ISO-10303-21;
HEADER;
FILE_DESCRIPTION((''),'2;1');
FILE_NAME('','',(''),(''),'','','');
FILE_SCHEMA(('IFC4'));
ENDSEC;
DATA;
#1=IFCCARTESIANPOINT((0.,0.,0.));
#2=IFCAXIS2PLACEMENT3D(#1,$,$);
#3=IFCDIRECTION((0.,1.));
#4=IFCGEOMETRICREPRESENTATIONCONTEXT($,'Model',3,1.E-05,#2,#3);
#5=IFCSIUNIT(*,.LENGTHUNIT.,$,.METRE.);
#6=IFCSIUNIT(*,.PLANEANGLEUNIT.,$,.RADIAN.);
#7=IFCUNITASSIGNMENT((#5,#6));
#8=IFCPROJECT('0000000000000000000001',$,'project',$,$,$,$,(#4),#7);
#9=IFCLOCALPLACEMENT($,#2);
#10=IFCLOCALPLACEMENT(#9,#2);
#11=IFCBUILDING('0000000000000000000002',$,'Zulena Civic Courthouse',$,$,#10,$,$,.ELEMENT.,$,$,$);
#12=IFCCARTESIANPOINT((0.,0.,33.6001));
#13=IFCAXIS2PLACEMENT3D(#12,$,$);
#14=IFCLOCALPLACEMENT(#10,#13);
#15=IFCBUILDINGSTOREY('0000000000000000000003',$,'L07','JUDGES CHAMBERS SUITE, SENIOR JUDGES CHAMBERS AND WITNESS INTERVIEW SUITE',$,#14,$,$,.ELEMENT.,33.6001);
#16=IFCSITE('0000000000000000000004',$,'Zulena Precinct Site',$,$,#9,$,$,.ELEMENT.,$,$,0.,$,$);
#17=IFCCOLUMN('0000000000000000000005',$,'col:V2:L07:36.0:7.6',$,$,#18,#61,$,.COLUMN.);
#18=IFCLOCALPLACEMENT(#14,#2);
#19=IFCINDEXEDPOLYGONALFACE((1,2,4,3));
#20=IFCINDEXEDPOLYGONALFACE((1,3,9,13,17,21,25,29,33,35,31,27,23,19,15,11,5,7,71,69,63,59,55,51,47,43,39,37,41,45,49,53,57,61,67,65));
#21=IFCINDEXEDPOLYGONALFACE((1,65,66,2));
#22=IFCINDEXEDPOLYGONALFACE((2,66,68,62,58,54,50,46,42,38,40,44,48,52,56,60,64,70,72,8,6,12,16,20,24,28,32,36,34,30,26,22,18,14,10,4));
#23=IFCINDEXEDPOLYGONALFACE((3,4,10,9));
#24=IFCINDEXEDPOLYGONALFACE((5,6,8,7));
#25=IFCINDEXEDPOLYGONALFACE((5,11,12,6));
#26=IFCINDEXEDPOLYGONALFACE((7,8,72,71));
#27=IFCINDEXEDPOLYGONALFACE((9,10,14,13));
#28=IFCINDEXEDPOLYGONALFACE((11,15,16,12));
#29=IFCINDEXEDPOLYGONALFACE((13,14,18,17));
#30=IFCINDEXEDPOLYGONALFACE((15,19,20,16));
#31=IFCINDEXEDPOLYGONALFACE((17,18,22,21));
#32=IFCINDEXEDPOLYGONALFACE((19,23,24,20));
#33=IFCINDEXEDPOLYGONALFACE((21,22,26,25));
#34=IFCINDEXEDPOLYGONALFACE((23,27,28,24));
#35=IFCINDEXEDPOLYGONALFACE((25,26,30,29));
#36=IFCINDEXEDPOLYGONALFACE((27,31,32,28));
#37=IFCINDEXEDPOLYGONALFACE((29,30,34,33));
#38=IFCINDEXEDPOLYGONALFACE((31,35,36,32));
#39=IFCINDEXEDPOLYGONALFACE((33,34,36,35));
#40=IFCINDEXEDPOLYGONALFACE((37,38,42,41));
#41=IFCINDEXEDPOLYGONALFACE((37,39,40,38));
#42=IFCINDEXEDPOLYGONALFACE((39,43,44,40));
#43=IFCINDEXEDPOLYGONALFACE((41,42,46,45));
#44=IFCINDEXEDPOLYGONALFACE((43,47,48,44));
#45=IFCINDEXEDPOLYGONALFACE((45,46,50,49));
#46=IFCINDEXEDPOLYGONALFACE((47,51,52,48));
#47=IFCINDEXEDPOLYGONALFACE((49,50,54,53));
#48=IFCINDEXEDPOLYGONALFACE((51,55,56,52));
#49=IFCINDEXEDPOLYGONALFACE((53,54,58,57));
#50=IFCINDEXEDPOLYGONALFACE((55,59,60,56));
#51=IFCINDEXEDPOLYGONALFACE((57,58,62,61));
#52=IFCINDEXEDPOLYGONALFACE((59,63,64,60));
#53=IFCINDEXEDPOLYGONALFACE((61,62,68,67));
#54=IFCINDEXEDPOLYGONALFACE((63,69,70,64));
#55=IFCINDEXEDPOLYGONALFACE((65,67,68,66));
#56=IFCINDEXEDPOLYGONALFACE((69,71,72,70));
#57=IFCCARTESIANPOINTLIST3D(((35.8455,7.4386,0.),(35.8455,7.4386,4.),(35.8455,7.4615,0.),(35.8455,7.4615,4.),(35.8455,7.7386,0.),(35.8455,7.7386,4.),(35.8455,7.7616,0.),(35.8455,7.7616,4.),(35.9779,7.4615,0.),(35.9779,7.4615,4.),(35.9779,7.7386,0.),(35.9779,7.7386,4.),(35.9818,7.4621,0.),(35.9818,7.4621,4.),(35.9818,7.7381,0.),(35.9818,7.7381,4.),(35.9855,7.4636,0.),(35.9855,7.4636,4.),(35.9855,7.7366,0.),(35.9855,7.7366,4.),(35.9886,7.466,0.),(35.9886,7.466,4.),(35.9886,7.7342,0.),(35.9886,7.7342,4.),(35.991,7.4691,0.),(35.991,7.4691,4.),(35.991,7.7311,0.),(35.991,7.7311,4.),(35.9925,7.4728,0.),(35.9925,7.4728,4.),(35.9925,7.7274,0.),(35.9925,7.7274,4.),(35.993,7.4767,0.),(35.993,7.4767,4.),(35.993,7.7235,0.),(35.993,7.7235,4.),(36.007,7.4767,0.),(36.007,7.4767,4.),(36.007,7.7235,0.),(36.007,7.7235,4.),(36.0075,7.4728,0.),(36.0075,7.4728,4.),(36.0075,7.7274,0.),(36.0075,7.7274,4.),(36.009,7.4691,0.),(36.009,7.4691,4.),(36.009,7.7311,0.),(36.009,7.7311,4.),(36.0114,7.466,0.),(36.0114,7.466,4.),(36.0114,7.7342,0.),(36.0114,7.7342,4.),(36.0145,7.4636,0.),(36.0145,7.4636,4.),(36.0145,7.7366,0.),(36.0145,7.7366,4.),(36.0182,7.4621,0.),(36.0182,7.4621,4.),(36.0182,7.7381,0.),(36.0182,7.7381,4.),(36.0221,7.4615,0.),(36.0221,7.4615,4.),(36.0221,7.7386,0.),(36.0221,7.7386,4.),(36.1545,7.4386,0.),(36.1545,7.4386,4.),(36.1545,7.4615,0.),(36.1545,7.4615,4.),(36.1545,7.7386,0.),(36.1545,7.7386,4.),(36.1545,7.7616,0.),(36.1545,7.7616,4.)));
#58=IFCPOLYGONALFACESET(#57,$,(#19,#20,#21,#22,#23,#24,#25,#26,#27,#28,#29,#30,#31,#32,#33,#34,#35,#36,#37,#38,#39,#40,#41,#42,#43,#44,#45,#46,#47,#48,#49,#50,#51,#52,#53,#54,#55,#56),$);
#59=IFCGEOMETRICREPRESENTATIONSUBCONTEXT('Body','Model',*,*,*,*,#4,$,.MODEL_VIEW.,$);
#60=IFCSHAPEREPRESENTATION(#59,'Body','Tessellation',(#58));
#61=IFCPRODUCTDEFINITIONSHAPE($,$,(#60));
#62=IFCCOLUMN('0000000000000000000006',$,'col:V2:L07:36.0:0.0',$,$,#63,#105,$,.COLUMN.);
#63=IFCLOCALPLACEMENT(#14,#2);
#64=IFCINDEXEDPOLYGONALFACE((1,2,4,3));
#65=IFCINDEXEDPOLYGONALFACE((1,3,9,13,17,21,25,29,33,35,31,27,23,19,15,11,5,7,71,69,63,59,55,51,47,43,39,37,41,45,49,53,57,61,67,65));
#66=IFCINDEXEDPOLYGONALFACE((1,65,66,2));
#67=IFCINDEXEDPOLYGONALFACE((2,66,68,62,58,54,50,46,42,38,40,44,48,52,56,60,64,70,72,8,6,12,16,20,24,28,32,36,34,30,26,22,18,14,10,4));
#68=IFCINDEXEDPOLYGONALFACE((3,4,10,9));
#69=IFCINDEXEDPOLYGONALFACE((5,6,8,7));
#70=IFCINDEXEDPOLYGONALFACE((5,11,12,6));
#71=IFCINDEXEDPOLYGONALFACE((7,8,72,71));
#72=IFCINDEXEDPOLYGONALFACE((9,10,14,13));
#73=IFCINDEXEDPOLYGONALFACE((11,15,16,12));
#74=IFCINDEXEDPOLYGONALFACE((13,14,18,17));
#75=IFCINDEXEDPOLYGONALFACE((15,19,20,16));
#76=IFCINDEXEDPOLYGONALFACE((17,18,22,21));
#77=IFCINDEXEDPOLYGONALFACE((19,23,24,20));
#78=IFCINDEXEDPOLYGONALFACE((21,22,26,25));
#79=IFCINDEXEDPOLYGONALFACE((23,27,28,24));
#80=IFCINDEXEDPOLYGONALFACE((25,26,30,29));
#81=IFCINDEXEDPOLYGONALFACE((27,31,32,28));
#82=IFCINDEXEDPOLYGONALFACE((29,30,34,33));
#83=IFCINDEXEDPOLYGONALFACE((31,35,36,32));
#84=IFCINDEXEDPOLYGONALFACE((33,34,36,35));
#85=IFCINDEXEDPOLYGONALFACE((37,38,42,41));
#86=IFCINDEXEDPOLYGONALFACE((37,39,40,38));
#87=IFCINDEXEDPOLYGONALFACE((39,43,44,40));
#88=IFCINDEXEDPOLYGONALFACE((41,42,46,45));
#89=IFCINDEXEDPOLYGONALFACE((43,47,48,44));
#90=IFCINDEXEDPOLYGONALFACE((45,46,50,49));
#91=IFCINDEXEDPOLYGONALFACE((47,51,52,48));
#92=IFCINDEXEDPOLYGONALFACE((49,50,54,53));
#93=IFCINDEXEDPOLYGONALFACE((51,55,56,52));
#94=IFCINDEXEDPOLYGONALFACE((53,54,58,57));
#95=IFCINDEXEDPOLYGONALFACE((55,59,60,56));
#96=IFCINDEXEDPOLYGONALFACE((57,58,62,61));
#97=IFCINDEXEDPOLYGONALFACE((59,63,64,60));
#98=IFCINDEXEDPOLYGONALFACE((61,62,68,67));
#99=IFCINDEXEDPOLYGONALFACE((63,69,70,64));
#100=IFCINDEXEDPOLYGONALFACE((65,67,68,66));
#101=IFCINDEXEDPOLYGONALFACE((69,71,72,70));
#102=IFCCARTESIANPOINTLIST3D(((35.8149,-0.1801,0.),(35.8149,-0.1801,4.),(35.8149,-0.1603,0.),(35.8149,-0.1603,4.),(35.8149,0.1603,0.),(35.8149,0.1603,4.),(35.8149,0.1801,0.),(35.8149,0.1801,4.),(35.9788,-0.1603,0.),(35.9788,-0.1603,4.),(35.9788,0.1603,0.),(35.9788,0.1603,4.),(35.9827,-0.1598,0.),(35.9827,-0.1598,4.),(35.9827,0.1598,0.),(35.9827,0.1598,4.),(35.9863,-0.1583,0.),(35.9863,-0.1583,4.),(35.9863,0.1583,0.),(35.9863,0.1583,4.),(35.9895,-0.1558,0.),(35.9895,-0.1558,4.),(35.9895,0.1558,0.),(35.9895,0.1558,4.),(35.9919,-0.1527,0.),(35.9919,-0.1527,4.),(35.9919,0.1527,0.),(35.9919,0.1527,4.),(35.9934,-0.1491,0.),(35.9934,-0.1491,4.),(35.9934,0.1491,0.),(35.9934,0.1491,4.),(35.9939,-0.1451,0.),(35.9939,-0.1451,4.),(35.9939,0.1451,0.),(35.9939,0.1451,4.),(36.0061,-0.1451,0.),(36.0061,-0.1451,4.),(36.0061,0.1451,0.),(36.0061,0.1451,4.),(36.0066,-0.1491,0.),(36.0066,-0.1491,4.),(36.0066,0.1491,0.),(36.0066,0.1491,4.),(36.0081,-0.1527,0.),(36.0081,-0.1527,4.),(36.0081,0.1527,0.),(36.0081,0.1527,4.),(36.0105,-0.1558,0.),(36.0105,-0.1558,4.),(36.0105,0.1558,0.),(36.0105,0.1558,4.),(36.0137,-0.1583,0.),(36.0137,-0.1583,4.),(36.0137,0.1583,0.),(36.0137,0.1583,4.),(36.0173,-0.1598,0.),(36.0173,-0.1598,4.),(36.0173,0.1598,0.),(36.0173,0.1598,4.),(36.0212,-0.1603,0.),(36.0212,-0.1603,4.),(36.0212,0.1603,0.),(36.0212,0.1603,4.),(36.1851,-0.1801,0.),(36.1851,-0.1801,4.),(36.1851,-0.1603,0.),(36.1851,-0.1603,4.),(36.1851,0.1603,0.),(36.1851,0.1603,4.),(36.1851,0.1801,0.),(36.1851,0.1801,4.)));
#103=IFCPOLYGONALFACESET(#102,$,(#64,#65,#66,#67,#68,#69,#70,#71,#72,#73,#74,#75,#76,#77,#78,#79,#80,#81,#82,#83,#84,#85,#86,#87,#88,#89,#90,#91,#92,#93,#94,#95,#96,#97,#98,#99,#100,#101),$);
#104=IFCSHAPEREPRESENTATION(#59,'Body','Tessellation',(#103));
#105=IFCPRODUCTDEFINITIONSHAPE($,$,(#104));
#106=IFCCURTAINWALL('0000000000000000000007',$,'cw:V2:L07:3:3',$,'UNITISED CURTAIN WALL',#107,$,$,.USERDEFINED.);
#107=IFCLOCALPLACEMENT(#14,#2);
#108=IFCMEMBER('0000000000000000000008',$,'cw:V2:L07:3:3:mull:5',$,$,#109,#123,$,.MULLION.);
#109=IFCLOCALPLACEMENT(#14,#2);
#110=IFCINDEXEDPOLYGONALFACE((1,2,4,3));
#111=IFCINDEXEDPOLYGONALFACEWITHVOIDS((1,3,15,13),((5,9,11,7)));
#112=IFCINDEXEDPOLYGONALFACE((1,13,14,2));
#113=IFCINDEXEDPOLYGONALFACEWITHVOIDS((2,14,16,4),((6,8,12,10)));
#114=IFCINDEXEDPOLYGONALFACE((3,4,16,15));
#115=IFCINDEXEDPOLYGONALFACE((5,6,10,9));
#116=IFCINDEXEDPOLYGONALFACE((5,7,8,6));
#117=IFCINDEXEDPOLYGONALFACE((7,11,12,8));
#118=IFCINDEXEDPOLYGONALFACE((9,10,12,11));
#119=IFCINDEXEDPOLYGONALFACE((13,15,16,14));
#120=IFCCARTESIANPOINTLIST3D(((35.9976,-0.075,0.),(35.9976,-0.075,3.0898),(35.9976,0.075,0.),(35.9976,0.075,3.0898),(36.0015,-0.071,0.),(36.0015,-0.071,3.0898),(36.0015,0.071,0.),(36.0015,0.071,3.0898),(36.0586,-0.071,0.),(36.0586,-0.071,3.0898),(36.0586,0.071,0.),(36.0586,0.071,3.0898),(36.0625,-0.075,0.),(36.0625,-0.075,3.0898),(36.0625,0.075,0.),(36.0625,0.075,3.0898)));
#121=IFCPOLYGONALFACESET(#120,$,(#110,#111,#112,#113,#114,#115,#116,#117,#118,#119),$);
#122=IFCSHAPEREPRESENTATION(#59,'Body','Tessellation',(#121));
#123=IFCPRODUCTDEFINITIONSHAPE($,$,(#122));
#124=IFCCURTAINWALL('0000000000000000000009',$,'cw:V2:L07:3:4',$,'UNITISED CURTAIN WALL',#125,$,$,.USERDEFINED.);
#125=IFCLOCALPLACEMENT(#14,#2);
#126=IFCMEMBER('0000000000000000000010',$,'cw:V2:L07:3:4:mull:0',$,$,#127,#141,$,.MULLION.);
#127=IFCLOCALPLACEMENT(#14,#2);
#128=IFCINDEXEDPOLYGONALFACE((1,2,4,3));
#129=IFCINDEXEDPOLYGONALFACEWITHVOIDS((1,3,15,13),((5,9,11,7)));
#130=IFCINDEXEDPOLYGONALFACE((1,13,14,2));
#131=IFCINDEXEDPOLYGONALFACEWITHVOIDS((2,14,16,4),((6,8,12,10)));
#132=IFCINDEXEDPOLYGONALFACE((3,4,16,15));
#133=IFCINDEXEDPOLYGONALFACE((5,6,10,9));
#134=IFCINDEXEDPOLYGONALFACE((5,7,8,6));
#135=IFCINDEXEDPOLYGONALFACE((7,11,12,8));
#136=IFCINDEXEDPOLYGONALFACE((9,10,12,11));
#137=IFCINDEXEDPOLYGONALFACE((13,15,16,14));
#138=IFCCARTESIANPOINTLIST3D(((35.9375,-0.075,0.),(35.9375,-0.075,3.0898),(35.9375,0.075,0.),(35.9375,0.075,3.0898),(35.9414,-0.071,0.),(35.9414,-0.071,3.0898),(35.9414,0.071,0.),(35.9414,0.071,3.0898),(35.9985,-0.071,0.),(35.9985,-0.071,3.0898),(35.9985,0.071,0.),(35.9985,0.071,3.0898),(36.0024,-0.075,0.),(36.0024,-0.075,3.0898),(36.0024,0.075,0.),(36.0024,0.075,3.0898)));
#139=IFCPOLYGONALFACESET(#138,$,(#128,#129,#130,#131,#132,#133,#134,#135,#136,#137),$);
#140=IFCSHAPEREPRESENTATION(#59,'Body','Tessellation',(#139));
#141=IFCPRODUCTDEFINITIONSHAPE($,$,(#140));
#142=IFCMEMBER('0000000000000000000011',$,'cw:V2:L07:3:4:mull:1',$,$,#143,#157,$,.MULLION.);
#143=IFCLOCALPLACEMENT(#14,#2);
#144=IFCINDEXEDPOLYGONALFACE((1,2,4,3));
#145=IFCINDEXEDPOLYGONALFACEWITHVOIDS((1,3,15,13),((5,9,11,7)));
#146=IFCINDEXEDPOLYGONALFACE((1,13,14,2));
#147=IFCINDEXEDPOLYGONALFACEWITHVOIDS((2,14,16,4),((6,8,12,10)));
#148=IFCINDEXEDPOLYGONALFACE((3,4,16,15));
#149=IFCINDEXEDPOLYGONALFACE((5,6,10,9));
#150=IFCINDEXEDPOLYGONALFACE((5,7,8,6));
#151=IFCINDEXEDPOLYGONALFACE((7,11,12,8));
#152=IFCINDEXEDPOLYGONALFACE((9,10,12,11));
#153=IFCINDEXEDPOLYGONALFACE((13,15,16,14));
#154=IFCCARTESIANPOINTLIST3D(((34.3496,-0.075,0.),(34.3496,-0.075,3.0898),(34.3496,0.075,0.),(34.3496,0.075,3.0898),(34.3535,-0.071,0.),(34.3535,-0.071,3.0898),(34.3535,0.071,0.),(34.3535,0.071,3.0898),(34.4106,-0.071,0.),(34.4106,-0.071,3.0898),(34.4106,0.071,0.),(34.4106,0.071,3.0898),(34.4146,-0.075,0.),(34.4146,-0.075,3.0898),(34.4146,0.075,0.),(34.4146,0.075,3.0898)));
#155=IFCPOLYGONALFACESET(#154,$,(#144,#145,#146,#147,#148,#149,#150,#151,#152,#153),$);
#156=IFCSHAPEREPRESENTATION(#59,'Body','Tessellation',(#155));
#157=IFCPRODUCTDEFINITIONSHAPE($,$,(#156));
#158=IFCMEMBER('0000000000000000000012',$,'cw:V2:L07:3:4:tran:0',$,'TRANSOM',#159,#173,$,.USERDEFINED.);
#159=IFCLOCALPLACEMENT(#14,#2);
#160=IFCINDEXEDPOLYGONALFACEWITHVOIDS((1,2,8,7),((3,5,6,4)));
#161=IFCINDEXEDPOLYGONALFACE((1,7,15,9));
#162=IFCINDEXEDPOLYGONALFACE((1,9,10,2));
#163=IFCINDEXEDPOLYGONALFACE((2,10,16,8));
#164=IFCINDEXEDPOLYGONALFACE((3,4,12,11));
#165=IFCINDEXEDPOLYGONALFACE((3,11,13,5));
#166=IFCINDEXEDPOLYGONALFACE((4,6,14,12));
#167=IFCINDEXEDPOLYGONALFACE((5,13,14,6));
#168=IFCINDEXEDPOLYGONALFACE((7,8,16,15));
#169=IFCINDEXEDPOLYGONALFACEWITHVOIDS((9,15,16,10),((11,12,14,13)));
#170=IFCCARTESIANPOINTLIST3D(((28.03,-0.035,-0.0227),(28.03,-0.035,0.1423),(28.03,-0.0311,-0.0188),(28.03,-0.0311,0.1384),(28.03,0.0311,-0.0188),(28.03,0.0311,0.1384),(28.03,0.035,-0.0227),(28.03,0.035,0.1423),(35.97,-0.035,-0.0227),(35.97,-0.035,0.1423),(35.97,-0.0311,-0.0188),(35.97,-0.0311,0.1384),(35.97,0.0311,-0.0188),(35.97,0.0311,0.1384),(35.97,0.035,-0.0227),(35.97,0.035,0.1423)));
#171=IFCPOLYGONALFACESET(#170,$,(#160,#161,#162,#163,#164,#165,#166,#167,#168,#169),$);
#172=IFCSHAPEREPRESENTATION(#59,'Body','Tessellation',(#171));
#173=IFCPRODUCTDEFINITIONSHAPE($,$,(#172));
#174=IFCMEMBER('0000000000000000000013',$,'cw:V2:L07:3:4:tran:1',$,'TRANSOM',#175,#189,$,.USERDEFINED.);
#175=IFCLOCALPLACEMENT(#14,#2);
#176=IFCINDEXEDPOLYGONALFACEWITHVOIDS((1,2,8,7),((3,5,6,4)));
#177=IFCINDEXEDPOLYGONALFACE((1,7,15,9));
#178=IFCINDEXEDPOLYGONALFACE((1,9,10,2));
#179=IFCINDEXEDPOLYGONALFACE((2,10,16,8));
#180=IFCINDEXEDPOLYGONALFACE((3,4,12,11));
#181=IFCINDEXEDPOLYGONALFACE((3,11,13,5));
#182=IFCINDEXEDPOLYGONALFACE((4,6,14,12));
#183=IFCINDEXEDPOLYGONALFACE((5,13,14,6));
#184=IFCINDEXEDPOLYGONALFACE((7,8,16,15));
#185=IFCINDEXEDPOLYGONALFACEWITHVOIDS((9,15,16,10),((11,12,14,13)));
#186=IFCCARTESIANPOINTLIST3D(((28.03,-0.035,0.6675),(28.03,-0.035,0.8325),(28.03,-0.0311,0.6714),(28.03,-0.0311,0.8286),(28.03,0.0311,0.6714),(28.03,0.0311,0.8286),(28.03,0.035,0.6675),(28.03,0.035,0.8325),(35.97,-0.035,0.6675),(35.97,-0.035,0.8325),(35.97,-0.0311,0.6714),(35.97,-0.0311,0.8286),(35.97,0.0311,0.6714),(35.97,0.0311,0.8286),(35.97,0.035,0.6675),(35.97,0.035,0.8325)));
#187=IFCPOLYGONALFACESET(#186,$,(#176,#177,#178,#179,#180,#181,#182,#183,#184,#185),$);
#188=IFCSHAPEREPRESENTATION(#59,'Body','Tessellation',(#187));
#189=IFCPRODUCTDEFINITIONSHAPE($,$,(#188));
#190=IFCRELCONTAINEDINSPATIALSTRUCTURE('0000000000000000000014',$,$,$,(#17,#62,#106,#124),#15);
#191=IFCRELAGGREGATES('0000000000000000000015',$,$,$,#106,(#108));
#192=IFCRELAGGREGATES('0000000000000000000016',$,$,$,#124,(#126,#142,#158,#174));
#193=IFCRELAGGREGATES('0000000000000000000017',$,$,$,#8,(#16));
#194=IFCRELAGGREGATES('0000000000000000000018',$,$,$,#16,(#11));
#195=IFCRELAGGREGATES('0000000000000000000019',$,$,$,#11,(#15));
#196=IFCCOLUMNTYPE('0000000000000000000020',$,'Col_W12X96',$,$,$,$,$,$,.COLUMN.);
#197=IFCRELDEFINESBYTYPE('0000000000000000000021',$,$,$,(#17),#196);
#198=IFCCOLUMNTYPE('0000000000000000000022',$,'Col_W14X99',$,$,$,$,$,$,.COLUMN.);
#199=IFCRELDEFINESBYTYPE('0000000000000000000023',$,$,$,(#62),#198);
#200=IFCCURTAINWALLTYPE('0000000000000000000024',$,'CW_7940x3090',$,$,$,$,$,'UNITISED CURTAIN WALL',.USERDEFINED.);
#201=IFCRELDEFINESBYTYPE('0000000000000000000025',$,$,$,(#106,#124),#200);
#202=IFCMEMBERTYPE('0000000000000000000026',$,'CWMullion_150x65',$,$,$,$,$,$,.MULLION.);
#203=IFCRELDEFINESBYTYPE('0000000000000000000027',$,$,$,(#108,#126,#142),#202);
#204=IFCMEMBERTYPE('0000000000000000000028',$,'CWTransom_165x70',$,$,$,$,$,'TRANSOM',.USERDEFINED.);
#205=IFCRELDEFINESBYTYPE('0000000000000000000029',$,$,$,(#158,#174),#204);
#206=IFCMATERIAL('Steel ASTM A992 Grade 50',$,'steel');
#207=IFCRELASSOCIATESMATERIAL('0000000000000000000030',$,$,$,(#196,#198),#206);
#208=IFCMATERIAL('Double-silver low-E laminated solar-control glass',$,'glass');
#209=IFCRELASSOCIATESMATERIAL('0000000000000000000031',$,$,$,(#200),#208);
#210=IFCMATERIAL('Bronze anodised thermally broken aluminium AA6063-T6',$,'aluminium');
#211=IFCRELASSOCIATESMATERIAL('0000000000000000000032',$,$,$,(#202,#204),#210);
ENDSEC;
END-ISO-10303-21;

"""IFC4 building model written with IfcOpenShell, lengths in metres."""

from ifc_helpers import new_model, si_unit, direction, frame, origin, origin_2d, place, context, subcontext, project, spatial, hollow_rectangle, i_section, extrude, material, material_profile, profile_set, type_object, element, aggregate, save


model = new_model("IFC4")

# Units and contexts
model_context = context("Model", 3, precision=1e-05, world=origin(), true_north=direction((0.0, 1.0)))
body_context = subcontext(model_context, "Body", "Model", "MODEL_VIEW")
ifc_project = project(units=[si_unit("LENGTHUNIT", "METRE"), si_unit("PLANEANGLEUNIT", "RADIAN")], contexts=[model_context])

# Site, building, storey
site_placement = place(None, origin())
site = spatial("IfcSite", under=ifc_project, at=site_placement, Name="Zulena Precinct Site", CompositionType="ELEMENT", RefElevation=0.0)
building_placement = place(site_placement, origin())
building = spatial("IfcBuilding", under=site, at=building_placement, Name="Zulena Civic Courthouse", CompositionType="ELEMENT")
storey_placement = place(building_placement, frame((0.0, 0.0, 33.6001)))
storey = spatial("IfcBuildingStorey", under=building, at=storey_placement, Name="L07", Description="JUDGES CHAMBERS SUITE, SENIOR JUDGES CHAMBERS AND WITNESS INTERVIEW SUITE", CompositionType="ELEMENT", Elevation=33.6001)

# Columns
ifc_material_1 = material(Name="Steel ASTM A992 Grade 50", Category="steel")
ifc_material_profile_1 = material_profile(ifc_material_1, i_section(OverallWidth=0.3091, OverallDepth=0.323, WebThickness=0.0139, FlangeThickness=0.0229, FilletRadius=0.0151, at=origin_2d()), Name="W12X96")
ifc_profile_set_1 = profile_set([ifc_material_profile_1], Name="Steel ASTM A992 Grade 50")
column_type_1 = type_object("IfcColumnType", Name="Col_W12X96", PredefinedType="COLUMN", material=ifc_profile_set_1)
column_1_placement = place(storey_placement, frame((36.0, 7.6001, 0.0), z_axis=(0.0, 0.0, 1.0), x_axis=(1.0, 0.0, 0.0)))
element("IfcColumn", 1, at=column_1_placement, inside=storey, type_object=column_type_1, Name="col:V2:L07:36.0:7.6", PredefinedType="COLUMN", context=body_context, shape_type="SweptSolid", body=[
    extrude(i_section(OverallWidth=0.3091, OverallDepth=0.323, WebThickness=0.0139, FlangeThickness=0.0229, FilletRadius=0.0151, at=origin_2d()), origin(), (0.0, 0.0, 1.0), 4.0),
])
ifc_material_profile_2 = material_profile(ifc_material_1, i_section(OverallWidth=0.3701, OverallDepth=0.3601, WebThickness=0.0122, FlangeThickness=0.0198, FilletRadius=0.0151, at=origin_2d()), Name="W14X99")
ifc_profile_set_2 = profile_set([ifc_material_profile_2], Name="Steel ASTM A992 Grade 50")
column_type_2 = type_object("IfcColumnType", Name="Col_W14X99", PredefinedType="COLUMN", material=ifc_profile_set_2)
column_2_placement = place(storey_placement, frame((36.0, 0.0, 0.0), z_axis=(0.0, 0.0, 1.0), x_axis=(1.0, 0.0, 0.0)))
element("IfcColumn", 2, at=column_2_placement, inside=storey, type_object=column_type_2, Name="col:V2:L07:36.0:0.0", PredefinedType="COLUMN", context=body_context, shape_type="SweptSolid", body=[
    extrude(i_section(OverallWidth=0.3701, OverallDepth=0.3601, WebThickness=0.0122, FlangeThickness=0.0198, FilletRadius=0.0151, at=origin_2d()), origin(), (0.0, 0.0, 1.0), 4.0),
])

# Curtain wall, member
ifc_material_2 = material(Name="Double-silver low-E laminated solar-control glass", Category="glass")
curtain_wall_type = type_object("IfcCurtainWallType", Name="CW_7940x3090", ElementType="UNITISED CURTAIN WALL", PredefinedType="USERDEFINED", material=ifc_material_2)
curtain_wall_1_placement = place(storey_placement, origin())
curtain_wall_1 = element("IfcCurtainWall", 3, at=curtain_wall_1_placement, inside=storey, type_object=curtain_wall_type, Name="cw:V2:L07:3:3", ObjectType="UNITISED CURTAIN WALL", PredefinedType="USERDEFINED")
ifc_material_3 = material(Name="Bronze anodised thermally broken aluminium AA6063-T6", Category="aluminium")
ifc_material_profile_3 = material_profile(ifc_material_3, hollow_rectangle(XDim=0.0649, YDim=0.1499, WallThickness=0.0039, at=origin_2d()), Name="CWM150X65X4")
ifc_profile_set_3 = profile_set([ifc_material_profile_3], Name="Bronze anodised thermally broken aluminium AA6063-T6")
member_type_1 = type_object("IfcMemberType", Name="CWMullion_150x65", PredefinedType="MULLION", material=ifc_profile_set_3)
member_1_placement = place(storey_placement, frame((36.03, 0.0, 0.0), z_axis=(0.0, 0.0, 1.0), x_axis=(1.0, 0.0, 0.0)))
member_1 = element("IfcMember", 4, at=member_1_placement, type_object=member_type_1, Name="cw:V2:L07:3:3:mull:5", PredefinedType="MULLION", context=body_context, shape_type="SweptSolid", body=[
    extrude(hollow_rectangle(XDim=0.0649, YDim=0.1499, WallThickness=0.0039, at=origin_2d()), origin(), (0.0, 0.0, 1.0), 3.0898),
])

# Curtain wall, members
curtain_wall_2_placement = place(storey_placement, origin())
curtain_wall_2 = element("IfcCurtainWall", 5, at=curtain_wall_2_placement, inside=storey, type_object=curtain_wall_type, Name="cw:V2:L07:3:4", ObjectType="UNITISED CURTAIN WALL", PredefinedType="USERDEFINED")
member_2_placement = place(storey_placement, frame((35.97, 0.0, 0.0), z_axis=(0.0, 0.0, 1.0), x_axis=(1.0, 0.0, 0.0)))
member_2 = element("IfcMember", 6, at=member_2_placement, type_object=member_type_1, Name="cw:V2:L07:3:4:mull:0", PredefinedType="MULLION", context=body_context, shape_type="SweptSolid", body=[
    extrude(hollow_rectangle(XDim=0.0649, YDim=0.1499, WallThickness=0.0039, at=origin_2d()), origin(), (0.0, 0.0, 1.0), 3.0898),
])
member_3_placement = place(storey_placement, frame((34.3821, 0.0, 0.0), z_axis=(0.0, 0.0, 1.0), x_axis=(1.0, 0.0, 0.0)))
member_3 = element("IfcMember", 7, at=member_3_placement, type_object=member_type_1, Name="cw:V2:L07:3:4:mull:1", PredefinedType="MULLION", context=body_context, shape_type="SweptSolid", body=[
    extrude(hollow_rectangle(XDim=0.0649, YDim=0.1499, WallThickness=0.0039, at=origin_2d()), origin(), (0.0, 0.0, 1.0), 3.0898),
])
ifc_material_profile_4 = material_profile(ifc_material_3, hollow_rectangle(XDim=0.0701, YDim=0.165, WallThickness=0.0039, at=origin_2d()), Name="CWT165X70X4")
ifc_profile_set_4 = profile_set([ifc_material_profile_4], Name="Bronze anodised thermally broken aluminium AA6063-T6")
member_type_2 = type_object("IfcMemberType", Name="CWTransom_165x70", ElementType="TRANSOM", PredefinedType="USERDEFINED", material=ifc_profile_set_4)
member_4_placement = place(storey_placement, frame((35.97, 0.0, 0.0598), z_axis=(-1.0, 0.0, 0.0), x_axis=(0.0, -1.0, 0.0)))
member_4 = element("IfcMember", 8, at=member_4_placement, type_object=member_type_2, Name="cw:V2:L07:3:4:tran:0", ObjectType="TRANSOM", PredefinedType="USERDEFINED", context=body_context, shape_type="SweptSolid", body=[
    extrude(hollow_rectangle(XDim=0.0701, YDim=0.165, WallThickness=0.0039, at=origin_2d()), origin(), (0.0, 0.0, 1.0), 7.9399),
])
member_5_placement = place(storey_placement, frame((35.97, 0.0, 0.75), z_axis=(-1.0, 0.0, 0.0), x_axis=(0.0, -1.0, 0.0)))
member_5 = element("IfcMember", 9, at=member_5_placement, type_object=member_type_2, Name="cw:V2:L07:3:4:tran:1", ObjectType="TRANSOM", PredefinedType="USERDEFINED", context=body_context, shape_type="SweptSolid", body=[
    extrude(hollow_rectangle(XDim=0.0701, YDim=0.165, WallThickness=0.0039, at=origin_2d()), origin(), (0.0, 0.0, 1.0), 7.9399),
])

aggregate(curtain_wall_1, [member_1])
aggregate(curtain_wall_2, [member_2, member_3, member_4, member_5])

save(model, "model.ifc")
